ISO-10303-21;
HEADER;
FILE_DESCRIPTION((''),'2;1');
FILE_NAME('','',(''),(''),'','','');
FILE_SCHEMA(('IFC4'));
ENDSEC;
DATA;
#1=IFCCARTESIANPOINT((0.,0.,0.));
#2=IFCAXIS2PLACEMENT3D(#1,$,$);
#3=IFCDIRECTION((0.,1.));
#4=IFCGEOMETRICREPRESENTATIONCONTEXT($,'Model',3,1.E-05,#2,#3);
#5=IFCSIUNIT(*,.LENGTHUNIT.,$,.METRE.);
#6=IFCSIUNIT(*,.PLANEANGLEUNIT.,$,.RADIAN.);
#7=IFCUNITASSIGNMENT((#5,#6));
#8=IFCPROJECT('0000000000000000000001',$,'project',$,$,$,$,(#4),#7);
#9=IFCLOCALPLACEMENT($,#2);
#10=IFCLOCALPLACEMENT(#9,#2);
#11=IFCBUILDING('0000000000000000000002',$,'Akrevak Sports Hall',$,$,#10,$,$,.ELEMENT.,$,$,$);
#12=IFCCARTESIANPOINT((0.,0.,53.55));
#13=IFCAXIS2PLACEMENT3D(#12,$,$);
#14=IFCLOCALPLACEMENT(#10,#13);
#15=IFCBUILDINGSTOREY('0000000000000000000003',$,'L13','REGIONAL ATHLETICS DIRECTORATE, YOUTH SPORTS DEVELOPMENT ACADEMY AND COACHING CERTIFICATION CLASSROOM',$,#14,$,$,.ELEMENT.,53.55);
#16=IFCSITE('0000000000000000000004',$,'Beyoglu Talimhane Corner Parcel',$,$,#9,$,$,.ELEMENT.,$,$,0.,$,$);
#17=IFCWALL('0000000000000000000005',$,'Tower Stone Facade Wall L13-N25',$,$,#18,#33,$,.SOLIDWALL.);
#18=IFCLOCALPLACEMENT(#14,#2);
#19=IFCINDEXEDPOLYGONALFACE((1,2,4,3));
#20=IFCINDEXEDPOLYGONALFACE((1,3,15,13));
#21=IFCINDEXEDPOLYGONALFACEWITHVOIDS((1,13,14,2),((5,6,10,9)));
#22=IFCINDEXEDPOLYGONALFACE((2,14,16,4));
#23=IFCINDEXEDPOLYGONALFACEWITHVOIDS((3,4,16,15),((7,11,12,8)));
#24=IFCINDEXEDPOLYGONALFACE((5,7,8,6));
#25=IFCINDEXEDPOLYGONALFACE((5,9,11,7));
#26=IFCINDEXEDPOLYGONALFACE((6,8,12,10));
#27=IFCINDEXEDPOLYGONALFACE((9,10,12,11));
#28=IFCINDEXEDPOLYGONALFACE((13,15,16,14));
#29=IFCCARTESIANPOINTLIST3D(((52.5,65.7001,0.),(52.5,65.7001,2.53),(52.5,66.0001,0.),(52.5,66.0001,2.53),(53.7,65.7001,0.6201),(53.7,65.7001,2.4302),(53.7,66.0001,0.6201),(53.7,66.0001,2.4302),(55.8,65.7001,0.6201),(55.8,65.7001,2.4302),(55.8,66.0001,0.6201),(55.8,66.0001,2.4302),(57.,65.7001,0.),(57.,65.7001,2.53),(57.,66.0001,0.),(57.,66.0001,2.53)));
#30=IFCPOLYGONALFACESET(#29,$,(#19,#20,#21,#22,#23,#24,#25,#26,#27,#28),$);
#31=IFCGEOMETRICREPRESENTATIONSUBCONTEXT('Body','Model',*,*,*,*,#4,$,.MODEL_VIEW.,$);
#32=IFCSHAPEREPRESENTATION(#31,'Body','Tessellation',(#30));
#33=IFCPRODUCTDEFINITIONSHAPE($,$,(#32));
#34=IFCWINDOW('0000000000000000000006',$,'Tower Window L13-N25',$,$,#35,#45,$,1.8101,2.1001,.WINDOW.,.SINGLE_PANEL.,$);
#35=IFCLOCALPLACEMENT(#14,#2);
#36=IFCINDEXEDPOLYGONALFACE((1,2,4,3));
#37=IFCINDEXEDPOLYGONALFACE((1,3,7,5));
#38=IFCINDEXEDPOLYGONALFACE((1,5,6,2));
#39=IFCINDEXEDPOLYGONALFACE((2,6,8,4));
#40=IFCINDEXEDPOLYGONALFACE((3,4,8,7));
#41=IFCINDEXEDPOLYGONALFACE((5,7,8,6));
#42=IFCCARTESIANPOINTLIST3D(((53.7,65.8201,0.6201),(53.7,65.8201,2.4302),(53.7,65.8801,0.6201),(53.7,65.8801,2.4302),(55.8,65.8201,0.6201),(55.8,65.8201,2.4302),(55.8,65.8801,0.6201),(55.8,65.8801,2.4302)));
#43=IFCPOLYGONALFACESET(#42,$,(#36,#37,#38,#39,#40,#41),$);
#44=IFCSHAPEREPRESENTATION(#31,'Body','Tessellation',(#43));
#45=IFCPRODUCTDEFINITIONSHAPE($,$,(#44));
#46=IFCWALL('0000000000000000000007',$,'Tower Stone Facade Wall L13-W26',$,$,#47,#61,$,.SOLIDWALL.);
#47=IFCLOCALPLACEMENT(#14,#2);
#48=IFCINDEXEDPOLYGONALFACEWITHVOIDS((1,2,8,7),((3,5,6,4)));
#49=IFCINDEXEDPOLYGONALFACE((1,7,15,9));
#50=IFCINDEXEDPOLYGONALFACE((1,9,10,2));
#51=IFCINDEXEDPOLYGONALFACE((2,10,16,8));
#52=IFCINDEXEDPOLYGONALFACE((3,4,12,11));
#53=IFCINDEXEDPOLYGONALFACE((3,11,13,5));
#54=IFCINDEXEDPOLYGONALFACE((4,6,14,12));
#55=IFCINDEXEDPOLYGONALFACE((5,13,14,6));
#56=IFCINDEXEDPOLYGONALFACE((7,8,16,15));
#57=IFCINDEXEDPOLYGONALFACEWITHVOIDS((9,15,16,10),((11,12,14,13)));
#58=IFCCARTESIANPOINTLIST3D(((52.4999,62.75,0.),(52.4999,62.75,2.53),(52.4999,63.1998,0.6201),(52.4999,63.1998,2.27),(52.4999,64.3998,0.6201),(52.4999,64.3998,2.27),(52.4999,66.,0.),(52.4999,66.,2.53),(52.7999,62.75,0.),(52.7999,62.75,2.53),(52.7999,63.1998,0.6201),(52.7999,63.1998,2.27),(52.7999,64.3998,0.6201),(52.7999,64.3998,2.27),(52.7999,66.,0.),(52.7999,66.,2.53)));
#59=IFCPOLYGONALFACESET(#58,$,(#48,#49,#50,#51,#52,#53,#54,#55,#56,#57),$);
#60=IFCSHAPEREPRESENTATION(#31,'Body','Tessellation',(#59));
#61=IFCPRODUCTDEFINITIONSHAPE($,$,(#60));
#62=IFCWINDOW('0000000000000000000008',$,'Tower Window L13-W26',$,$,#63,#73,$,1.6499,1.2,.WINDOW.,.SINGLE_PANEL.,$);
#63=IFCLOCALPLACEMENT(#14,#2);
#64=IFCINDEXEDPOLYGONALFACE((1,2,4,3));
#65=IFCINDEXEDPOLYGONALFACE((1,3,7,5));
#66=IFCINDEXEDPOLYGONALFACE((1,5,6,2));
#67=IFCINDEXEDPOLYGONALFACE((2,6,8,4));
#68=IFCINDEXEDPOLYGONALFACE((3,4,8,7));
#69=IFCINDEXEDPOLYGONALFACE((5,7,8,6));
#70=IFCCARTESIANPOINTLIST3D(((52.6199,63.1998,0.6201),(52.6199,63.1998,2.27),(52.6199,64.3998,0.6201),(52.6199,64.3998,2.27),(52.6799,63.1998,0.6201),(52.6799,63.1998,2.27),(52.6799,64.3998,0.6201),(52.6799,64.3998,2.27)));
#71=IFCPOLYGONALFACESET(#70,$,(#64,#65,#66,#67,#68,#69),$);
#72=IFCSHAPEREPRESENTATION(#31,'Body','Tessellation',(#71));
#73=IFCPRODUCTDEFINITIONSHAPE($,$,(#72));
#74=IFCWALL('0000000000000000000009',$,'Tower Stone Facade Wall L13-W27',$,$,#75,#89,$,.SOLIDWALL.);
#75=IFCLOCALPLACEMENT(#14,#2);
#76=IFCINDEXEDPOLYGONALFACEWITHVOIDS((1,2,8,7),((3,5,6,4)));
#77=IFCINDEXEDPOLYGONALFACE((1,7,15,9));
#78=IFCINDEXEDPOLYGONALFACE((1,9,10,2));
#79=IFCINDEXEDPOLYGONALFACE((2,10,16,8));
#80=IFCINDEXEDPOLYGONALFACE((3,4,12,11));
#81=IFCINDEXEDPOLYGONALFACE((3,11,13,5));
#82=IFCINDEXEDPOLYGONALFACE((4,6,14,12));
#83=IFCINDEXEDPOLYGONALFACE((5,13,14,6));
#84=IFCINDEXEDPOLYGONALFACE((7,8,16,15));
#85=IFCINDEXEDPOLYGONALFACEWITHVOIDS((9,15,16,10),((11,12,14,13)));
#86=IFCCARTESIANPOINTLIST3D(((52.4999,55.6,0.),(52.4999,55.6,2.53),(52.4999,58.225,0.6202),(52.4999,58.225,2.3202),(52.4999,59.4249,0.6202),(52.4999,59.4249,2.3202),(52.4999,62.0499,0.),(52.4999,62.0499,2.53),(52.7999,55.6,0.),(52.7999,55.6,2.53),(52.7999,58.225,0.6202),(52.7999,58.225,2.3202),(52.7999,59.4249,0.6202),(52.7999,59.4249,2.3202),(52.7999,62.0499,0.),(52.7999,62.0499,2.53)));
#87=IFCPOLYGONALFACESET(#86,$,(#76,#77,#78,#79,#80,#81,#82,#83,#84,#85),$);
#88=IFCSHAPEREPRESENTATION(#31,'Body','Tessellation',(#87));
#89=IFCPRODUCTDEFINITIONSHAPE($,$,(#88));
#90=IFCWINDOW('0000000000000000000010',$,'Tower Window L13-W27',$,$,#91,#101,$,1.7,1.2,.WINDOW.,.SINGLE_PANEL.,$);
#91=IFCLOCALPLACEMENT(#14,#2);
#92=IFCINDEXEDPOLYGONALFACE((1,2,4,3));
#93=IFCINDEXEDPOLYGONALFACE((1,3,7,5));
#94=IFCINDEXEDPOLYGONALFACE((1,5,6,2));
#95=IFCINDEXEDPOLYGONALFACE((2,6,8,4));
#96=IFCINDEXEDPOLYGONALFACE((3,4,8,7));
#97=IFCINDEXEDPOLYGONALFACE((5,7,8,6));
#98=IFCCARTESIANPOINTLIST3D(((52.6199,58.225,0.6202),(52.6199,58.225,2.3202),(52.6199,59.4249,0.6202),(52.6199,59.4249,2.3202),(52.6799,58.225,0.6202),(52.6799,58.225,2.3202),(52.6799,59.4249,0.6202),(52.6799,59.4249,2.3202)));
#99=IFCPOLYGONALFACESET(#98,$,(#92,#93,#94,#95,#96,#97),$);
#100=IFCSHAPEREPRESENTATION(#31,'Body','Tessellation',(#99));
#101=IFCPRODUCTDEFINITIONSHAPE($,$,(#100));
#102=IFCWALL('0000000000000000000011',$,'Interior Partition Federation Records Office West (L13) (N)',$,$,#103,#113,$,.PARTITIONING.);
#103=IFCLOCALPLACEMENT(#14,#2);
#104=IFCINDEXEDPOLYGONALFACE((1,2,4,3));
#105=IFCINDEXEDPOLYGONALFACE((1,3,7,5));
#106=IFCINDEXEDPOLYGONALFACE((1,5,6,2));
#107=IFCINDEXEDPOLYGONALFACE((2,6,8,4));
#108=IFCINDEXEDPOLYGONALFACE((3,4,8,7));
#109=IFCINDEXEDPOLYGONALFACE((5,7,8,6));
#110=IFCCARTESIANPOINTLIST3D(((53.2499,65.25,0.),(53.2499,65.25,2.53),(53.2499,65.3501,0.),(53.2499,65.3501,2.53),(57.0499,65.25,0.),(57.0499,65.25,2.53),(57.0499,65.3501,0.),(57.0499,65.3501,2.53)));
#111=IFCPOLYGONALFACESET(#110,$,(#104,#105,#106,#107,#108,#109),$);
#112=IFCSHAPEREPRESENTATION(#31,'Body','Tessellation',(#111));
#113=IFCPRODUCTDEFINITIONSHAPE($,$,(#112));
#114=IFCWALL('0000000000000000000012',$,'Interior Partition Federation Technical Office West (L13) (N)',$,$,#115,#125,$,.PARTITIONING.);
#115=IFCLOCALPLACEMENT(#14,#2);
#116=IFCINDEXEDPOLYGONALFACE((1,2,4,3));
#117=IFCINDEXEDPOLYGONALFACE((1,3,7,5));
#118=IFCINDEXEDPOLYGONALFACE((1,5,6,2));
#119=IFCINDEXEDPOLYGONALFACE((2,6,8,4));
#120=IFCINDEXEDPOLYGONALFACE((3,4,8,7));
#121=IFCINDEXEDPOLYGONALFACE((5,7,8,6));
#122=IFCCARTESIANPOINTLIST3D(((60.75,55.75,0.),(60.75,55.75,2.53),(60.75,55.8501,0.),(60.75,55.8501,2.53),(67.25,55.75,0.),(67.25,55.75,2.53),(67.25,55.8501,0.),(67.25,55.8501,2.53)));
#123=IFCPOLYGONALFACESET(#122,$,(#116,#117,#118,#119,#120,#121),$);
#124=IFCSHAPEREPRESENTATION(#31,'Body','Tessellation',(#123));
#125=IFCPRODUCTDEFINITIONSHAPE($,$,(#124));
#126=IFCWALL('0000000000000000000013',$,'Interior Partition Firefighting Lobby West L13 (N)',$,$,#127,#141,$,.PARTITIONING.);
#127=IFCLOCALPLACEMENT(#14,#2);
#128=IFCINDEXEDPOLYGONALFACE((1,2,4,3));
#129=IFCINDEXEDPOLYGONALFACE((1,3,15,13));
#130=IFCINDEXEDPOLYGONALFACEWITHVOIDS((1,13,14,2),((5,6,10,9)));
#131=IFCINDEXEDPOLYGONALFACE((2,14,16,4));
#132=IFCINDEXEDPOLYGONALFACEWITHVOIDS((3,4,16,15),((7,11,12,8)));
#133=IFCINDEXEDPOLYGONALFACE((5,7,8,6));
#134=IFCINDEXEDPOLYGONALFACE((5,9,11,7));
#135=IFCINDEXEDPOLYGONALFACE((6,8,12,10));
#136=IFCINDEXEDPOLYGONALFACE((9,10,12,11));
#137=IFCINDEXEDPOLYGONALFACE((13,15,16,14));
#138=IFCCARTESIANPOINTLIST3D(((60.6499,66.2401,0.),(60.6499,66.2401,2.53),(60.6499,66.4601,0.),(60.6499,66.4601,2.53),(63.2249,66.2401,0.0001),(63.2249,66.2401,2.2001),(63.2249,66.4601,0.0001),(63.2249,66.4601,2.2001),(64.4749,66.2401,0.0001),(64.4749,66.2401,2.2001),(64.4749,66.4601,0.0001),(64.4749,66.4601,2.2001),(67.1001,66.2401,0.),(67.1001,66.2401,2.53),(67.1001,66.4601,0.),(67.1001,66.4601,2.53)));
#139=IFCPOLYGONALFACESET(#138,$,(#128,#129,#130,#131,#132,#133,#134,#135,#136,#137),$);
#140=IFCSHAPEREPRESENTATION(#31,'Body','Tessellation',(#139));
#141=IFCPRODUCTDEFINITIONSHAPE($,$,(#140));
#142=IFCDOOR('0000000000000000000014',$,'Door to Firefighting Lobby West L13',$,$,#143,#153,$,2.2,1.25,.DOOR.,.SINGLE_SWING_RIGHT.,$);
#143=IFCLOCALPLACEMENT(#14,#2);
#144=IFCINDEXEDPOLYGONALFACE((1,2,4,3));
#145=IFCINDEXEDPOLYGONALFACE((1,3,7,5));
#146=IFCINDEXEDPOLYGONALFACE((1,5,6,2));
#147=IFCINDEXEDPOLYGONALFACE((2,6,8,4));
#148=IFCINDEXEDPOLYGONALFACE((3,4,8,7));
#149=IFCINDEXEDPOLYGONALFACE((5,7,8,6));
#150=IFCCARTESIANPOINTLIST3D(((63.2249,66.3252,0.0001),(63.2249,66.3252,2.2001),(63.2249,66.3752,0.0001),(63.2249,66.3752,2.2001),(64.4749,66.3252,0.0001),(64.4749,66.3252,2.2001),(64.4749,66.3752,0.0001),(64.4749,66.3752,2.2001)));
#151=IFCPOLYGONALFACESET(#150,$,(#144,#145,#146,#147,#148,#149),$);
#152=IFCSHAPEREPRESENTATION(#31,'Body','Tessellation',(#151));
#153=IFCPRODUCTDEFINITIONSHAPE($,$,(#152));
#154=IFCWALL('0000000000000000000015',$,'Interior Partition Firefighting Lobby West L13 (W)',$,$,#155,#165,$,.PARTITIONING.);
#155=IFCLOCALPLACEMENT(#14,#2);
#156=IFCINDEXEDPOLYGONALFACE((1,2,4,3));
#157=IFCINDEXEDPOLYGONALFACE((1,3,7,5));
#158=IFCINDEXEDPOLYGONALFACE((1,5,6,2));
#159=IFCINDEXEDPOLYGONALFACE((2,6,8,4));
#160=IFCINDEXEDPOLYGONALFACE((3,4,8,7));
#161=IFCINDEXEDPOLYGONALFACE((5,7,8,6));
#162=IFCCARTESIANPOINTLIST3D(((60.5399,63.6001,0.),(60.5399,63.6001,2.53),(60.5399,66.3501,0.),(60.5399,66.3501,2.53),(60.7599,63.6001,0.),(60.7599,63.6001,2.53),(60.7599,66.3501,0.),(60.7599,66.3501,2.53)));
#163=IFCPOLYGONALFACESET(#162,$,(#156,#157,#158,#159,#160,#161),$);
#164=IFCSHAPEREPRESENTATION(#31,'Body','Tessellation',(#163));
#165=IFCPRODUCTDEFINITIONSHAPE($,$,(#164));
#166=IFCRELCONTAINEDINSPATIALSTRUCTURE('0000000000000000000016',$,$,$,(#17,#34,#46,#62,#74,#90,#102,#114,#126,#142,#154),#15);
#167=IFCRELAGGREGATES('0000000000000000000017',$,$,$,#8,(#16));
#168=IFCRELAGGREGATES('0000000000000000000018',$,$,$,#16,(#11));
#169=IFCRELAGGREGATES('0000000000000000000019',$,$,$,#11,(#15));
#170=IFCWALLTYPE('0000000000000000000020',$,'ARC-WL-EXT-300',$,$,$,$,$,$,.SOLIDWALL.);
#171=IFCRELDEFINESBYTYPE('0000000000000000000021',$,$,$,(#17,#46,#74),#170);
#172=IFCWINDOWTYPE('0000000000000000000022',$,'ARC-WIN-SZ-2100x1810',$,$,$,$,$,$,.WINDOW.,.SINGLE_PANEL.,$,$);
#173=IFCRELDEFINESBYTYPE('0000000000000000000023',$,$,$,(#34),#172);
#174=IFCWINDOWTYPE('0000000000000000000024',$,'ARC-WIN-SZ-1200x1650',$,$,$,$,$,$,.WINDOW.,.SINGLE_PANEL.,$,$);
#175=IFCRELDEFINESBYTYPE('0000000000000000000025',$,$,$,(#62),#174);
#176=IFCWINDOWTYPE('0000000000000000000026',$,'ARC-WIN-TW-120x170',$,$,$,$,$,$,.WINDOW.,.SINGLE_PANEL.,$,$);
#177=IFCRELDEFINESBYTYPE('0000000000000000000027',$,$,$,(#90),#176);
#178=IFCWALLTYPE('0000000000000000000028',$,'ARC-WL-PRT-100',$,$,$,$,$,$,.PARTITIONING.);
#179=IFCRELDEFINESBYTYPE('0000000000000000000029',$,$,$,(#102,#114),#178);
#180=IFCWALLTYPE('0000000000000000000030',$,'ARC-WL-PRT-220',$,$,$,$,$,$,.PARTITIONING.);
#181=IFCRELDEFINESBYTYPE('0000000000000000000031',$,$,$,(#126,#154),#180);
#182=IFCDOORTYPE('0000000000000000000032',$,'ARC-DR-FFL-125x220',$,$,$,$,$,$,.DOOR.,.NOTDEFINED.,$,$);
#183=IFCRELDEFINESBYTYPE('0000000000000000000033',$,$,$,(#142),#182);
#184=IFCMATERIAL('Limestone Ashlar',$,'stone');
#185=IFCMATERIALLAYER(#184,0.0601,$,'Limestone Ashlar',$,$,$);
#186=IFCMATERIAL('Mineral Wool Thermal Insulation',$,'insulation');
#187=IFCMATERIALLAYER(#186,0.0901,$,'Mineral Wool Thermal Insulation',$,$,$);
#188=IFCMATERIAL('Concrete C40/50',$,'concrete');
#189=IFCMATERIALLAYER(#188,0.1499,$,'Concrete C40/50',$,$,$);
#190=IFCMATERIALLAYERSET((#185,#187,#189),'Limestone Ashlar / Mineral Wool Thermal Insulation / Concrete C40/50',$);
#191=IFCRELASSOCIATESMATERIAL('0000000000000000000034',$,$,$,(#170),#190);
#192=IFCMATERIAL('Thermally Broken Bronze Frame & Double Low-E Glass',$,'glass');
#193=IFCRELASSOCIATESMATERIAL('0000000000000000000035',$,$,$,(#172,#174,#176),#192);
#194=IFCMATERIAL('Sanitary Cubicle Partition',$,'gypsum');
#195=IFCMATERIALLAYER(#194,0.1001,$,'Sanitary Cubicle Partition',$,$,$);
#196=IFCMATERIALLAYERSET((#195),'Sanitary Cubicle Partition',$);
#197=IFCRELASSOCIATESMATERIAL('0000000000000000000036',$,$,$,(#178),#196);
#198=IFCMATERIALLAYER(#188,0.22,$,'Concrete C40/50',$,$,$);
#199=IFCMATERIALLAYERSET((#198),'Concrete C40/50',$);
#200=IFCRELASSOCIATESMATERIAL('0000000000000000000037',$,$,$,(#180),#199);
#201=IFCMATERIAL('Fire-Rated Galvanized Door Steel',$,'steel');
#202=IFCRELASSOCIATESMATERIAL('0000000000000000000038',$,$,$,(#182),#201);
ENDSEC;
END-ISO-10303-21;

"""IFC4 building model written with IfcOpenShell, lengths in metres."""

from ifc_helpers import new_model, si_unit, direction, frame, frame_2d, origin, place, context, subcontext, project, spatial, rectangle, extrude, material, layer, layer_set, type_object, element, fill, save


model = new_model("IFC4")

# Units and contexts
model_context = context("Model", 3, precision=1e-05, world=origin(), true_north=direction((0.0, 1.0)))
body_context = subcontext(model_context, "Body", "Model", "MODEL_VIEW")
ifc_project = project(units=[si_unit("LENGTHUNIT", "METRE"), si_unit("PLANEANGLEUNIT", "RADIAN")], contexts=[model_context])

# Site, building, storey
site_placement = place(None, origin())
site = spatial("IfcSite", under=ifc_project, at=site_placement, Name="Beyoglu Talimhane Corner Parcel", CompositionType="ELEMENT", RefElevation=0.0)
building_placement = place(site_placement, origin())
building = spatial("IfcBuilding", under=site, at=building_placement, Name="Akrevak Sports Hall", CompositionType="ELEMENT")
storey_placement = place(building_placement, frame((0.0, 0.0, 53.55)))
storey = spatial("IfcBuildingStorey", under=building, at=storey_placement, Name="L13", Description="REGIONAL ATHLETICS DIRECTORATE, YOUTH SPORTS DEVELOPMENT ACADEMY AND COACHING CERTIFICATION CLASSROOM", CompositionType="ELEMENT", Elevation=53.55)

# Shared definitions
ifc_material_1 = material(Name="Concrete C40/50", Category="concrete")

# Shared definitions
ifc_material_2 = material(Name="Limestone Ashlar", Category="stone")
ifc_layer_1 = layer(ifc_material_2, 0.0601, Name="Limestone Ashlar")
ifc_material_3 = material(Name="Mineral Wool Thermal Insulation", Category="insulation")
ifc_layer_2 = layer(ifc_material_3, 0.0901, Name="Mineral Wool Thermal Insulation")
ifc_layer_3 = layer(ifc_material_1, 0.1499, Name="Concrete C40/50")
ifc_layer_set_1 = layer_set([ifc_layer_1, ifc_layer_2, ifc_layer_3], Name="Limestone Ashlar / Mineral Wool Thermal Insulation / Concrete C40/50")
wall_type_1 = type_object("IfcWallType", Name="ARC-WL-EXT-300", PredefinedType="SOLIDWALL", material=ifc_layer_set_1)

# Walls, openings, windows
ifc_material_4 = material(Name="Thermally Broken Bronze Frame & Double Low-E Glass", Category="glass")
wall_1_placement = place(storey_placement, frame((57.0, 65.8501, 0.0), z_axis=(0.0, 0.0, 1.0), x_axis=(-1.0, 0.0, 0.0)))
wall_1 = element("IfcWall", 1, at=wall_1_placement, inside=storey, type_object=wall_type_1, Name="Tower Stone Facade Wall L13-N25", PredefinedType="SOLIDWALL", context=body_context, shape_type="SweptSolid", body=[
    extrude(rectangle(XDim=4.5, YDim=0.3, at=frame_2d((2.25, 0.0))), origin(), (0.0, 0.0, 1.0), 2.53),
])
opening_1_placement = place(wall_1_placement, frame((1.2, 0.0, 0.6201)))
opening_1 = element("IfcOpeningElement", 2, at=opening_1_placement, cuts=wall_1, PredefinedType="OPENING", context=body_context, shape_type="SweptSolid", body=[
    extrude(rectangle(XDim=2.1001, YDim=1.8101, at=frame_2d((1.05, 0.905))), frame((0.0, 0.1621, 0.0), z_axis=(0.0, -1.0, 0.0), x_axis=(1.0, 0.0, 0.0)), (0.0, 0.0, 1.0), 0.324),
])
window_type_1 = type_object("IfcWindowType", Name="ARC-WIN-SZ-2100x1810", PartitioningType="SINGLE_PANEL", PredefinedType="WINDOW", material=ifc_material_4)
window_1_placement = place(opening_1_placement, origin())
window_1 = element("IfcWindow", 3, at=window_1_placement, inside=storey, type_object=window_type_1, Name="Tower Window L13-N25", OverallHeight=1.8101, OverallWidth=2.1001, PartitioningType="SINGLE_PANEL", PredefinedType="WINDOW", context=body_context, shape_type="SweptSolid", body=[
    extrude(rectangle(XDim=2.1001, YDim=1.8101, at=frame_2d((1.05, 0.905))), frame((0.0, 0.03, 0.0), z_axis=(0.0, -1.0, 0.0), x_axis=(1.0, 0.0, 0.0)), (0.0, 0.0, 1.0), 0.0601),
])
fill(opening_1, window_1)
wall_2_placement = place(storey_placement, frame((52.6499, 66.0, 0.0), z_axis=(0.0, 0.0, 1.0), x_axis=(0.0, -1.0, 0.0)))
wall_2 = element("IfcWall", 4, at=wall_2_placement, inside=storey, type_object=wall_type_1, Name="Tower Stone Facade Wall L13-W26", PredefinedType="SOLIDWALL", context=body_context, shape_type="SweptSolid", body=[
    extrude(rectangle(XDim=3.25, YDim=0.3, at=frame_2d((1.625, 0.0))), origin(), (0.0, 0.0, 1.0), 2.53),
])
opening_2_placement = place(wall_2_placement, frame((1.6001, 0.0, 0.6201)))
opening_2 = element("IfcOpeningElement", 5, at=opening_2_placement, cuts=wall_2, PredefinedType="OPENING", context=body_context, shape_type="SweptSolid", body=[
    extrude(rectangle(XDim=1.2, YDim=1.6499, at=frame_2d((0.6001, 0.825))), frame((0.0, 0.1621, 0.0), z_axis=(0.0, -1.0, 0.0), x_axis=(1.0, 0.0, 0.0)), (0.0, 0.0, 1.0), 0.324),
])
window_type_2 = type_object("IfcWindowType", Name="ARC-WIN-SZ-1200x1650", PartitioningType="SINGLE_PANEL", PredefinedType="WINDOW", material=ifc_material_4)
window_2_placement = place(opening_2_placement, origin())
window_2 = element("IfcWindow", 6, at=window_2_placement, inside=storey, type_object=window_type_2, Name="Tower Window L13-W26", OverallHeight=1.6499, OverallWidth=1.2, PartitioningType="SINGLE_PANEL", PredefinedType="WINDOW", context=body_context, shape_type="SweptSolid", body=[
    extrude(rectangle(XDim=1.2, YDim=1.6499, at=frame_2d((0.6001, 0.825))), frame((0.0, 0.03, 0.0), z_axis=(0.0, -1.0, 0.0), x_axis=(1.0, 0.0, 0.0)), (0.0, 0.0, 1.0), 0.0601),
])
fill(opening_2, window_2)
wall_3_placement = place(storey_placement, frame((52.6499, 62.05, 0.0), z_axis=(0.0, 0.0, 1.0), x_axis=(0.0, -1.0, 0.0)))
wall_3 = element("IfcWall", 7, at=wall_3_placement, inside=storey, type_object=wall_type_1, Name="Tower Stone Facade Wall L13-W27", PredefinedType="SOLIDWALL", context=body_context, shape_type="SweptSolid", body=[
    extrude(rectangle(XDim=6.45, YDim=0.3, at=frame_2d((3.2251, 0.0))), origin(), (0.0, 0.0, 1.0), 2.53),
])
opening_3_placement = place(wall_3_placement, frame((2.625, 0.0, 0.6201)))
opening_3 = element("IfcOpeningElement", 8, at=opening_3_placement, cuts=wall_3, PredefinedType="OPENING", context=body_context, shape_type="SweptSolid", body=[
    extrude(rectangle(XDim=1.2, YDim=1.7, at=frame_2d((0.6001, 0.8501))), frame((0.0, 0.1621, 0.0), z_axis=(0.0, -1.0, 0.0), x_axis=(1.0, 0.0, 0.0)), (0.0, 0.0, 1.0), 0.324),
])
window_type_3 = type_object("IfcWindowType", Name="ARC-WIN-TW-120x170", PartitioningType="SINGLE_PANEL", PredefinedType="WINDOW", material=ifc_material_4)
window_3_placement = place(opening_3_placement, origin())
window_3 = element("IfcWindow", 9, at=window_3_placement, inside=storey, type_object=window_type_3, Name="Tower Window L13-W27", OverallHeight=1.7, OverallWidth=1.2, PartitioningType="SINGLE_PANEL", PredefinedType="WINDOW", context=body_context, shape_type="SweptSolid", body=[
    extrude(rectangle(XDim=1.2, YDim=1.7, at=frame_2d((0.6001, 0.8501))), frame((0.0, 0.03, 0.0), z_axis=(0.0, -1.0, 0.0), x_axis=(1.0, 0.0, 0.0)), (0.0, 0.0, 1.0), 0.0601),
])
fill(opening_3, window_3)

# Walls
ifc_material_5 = material(Name="Sanitary Cubicle Partition", Category="gypsum")
ifc_layer_4 = layer(ifc_material_5, 0.1001, Name="Sanitary Cubicle Partition")
ifc_layer_set_2 = layer_set([ifc_layer_4], Name="Sanitary Cubicle Partition")
wall_type_2 = type_object("IfcWallType", Name="ARC-WL-PRT-100", PredefinedType="PARTITIONING", material=ifc_layer_set_2)
wall_4_placement = place(storey_placement, frame((53.25, 65.3, 0.0), z_axis=(0.0, 0.0, 1.0), x_axis=(1.0, 0.0, 0.0)))
element("IfcWall", 10, at=wall_4_placement, inside=storey, type_object=wall_type_2, Name="Interior Partition Federation Records Office West (L13) (N)", PredefinedType="PARTITIONING", context=body_context, shape_type="SweptSolid", body=[
    extrude(rectangle(XDim=3.8, YDim=0.1001, at=frame_2d((1.8999, 0.0))), origin(), (0.0, 0.0, 1.0), 2.53),
])
wall_5_placement = place(storey_placement, frame((60.75, 55.8, 0.0), z_axis=(0.0, 0.0, 1.0), x_axis=(1.0, 0.0, 0.0)))
element("IfcWall", 11, at=wall_5_placement, inside=storey, type_object=wall_type_2, Name="Interior Partition Federation Technical Office West (L13) (N)", PredefinedType="PARTITIONING", context=body_context, shape_type="SweptSolid", body=[
    extrude(rectangle(XDim=6.5, YDim=0.1001, at=frame_2d((3.25, 0.0))), origin(), (0.0, 0.0, 1.0), 2.53),
])

# Wall, opening, door
ifc_layer_5 = layer(ifc_material_1, 0.22, Name="Concrete C40/50")
ifc_layer_set_3 = layer_set([ifc_layer_5], Name="Concrete C40/50")
wall_type_3 = type_object("IfcWallType", Name="ARC-WL-PRT-220", PredefinedType="PARTITIONING", material=ifc_layer_set_3)
wall_6_placement = place(storey_placement, frame((60.6499, 66.3501, 0.0), z_axis=(0.0, 0.0, 1.0), x_axis=(1.0, 0.0, 0.0)))
wall_6 = element("IfcWall", 12, at=wall_6_placement, inside=storey, type_object=wall_type_3, Name="Interior Partition Firefighting Lobby West L13 (N)", PredefinedType="PARTITIONING", context=body_context, shape_type="SweptSolid", body=[
    extrude(rectangle(XDim=6.4502, YDim=0.22, at=frame_2d((3.2251, 0.0))), origin(), (0.0, 0.0, 1.0), 2.53),
])
opening_4_placement = place(wall_6_placement, frame((2.575, 0.0, 0.0)))
opening_4 = element("IfcOpeningElement", 13, at=opening_4_placement, cuts=wall_6, PredefinedType="OPENING", context=body_context, shape_type="SweptSolid", body=[
    extrude(rectangle(XDim=1.25, YDim=2.2, at=frame_2d((0.625, 1.1001))), frame((0.0, 0.1221, 0.0), z_axis=(0.0, -1.0, 0.0), x_axis=(1.0, 0.0, 0.0)), (0.0, 0.0, 1.0), 0.2439),
])
ifc_material_6 = material(Name="Fire-Rated Galvanized Door Steel", Category="steel")
door_type = type_object("IfcDoorType", Name="ARC-DR-FFL-125x220", OperationType="NOTDEFINED", PredefinedType="DOOR", material=ifc_material_6)
door_placement = place(opening_4_placement, frame((1.25, 0.0, 0.0), z_axis=(0.0, 0.0, 1.0), x_axis=(-1.0, 0.0, 0.0)))
door = element("IfcDoor", 14, at=door_placement, inside=storey, type_object=door_type, Name="Door to Firefighting Lobby West L13", OperationType="SINGLE_SWING_RIGHT", OverallHeight=2.2, OverallWidth=1.25, PredefinedType="DOOR", context=body_context, shape_type="SweptSolid", body=[
    extrude(rectangle(XDim=1.25, YDim=2.2, at=frame_2d((0.625, 1.1001))), frame((0.0, 0.0249, 0.0), z_axis=(0.0, -1.0, 0.0), x_axis=(1.0, 0.0, 0.0)), (0.0, 0.0, 1.0), 0.05),
])
fill(opening_4, door)

# Wall
wall_7_placement = place(storey_placement, frame((60.6499, 63.6001, 0.0), z_axis=(0.0, 0.0, 1.0), x_axis=(0.0, 1.0, 0.0)))
element("IfcWall", 15, at=wall_7_placement, inside=storey, type_object=wall_type_3, Name="Interior Partition Firefighting Lobby West L13 (W)", PredefinedType="PARTITIONING", context=body_context, shape_type="SweptSolid", body=[
    extrude(rectangle(XDim=2.75, YDim=0.22, at=frame_2d((1.375, 0.0))), origin(), (0.0, 0.0, 1.0), 2.53),
])

save(model, "model.ifc")
